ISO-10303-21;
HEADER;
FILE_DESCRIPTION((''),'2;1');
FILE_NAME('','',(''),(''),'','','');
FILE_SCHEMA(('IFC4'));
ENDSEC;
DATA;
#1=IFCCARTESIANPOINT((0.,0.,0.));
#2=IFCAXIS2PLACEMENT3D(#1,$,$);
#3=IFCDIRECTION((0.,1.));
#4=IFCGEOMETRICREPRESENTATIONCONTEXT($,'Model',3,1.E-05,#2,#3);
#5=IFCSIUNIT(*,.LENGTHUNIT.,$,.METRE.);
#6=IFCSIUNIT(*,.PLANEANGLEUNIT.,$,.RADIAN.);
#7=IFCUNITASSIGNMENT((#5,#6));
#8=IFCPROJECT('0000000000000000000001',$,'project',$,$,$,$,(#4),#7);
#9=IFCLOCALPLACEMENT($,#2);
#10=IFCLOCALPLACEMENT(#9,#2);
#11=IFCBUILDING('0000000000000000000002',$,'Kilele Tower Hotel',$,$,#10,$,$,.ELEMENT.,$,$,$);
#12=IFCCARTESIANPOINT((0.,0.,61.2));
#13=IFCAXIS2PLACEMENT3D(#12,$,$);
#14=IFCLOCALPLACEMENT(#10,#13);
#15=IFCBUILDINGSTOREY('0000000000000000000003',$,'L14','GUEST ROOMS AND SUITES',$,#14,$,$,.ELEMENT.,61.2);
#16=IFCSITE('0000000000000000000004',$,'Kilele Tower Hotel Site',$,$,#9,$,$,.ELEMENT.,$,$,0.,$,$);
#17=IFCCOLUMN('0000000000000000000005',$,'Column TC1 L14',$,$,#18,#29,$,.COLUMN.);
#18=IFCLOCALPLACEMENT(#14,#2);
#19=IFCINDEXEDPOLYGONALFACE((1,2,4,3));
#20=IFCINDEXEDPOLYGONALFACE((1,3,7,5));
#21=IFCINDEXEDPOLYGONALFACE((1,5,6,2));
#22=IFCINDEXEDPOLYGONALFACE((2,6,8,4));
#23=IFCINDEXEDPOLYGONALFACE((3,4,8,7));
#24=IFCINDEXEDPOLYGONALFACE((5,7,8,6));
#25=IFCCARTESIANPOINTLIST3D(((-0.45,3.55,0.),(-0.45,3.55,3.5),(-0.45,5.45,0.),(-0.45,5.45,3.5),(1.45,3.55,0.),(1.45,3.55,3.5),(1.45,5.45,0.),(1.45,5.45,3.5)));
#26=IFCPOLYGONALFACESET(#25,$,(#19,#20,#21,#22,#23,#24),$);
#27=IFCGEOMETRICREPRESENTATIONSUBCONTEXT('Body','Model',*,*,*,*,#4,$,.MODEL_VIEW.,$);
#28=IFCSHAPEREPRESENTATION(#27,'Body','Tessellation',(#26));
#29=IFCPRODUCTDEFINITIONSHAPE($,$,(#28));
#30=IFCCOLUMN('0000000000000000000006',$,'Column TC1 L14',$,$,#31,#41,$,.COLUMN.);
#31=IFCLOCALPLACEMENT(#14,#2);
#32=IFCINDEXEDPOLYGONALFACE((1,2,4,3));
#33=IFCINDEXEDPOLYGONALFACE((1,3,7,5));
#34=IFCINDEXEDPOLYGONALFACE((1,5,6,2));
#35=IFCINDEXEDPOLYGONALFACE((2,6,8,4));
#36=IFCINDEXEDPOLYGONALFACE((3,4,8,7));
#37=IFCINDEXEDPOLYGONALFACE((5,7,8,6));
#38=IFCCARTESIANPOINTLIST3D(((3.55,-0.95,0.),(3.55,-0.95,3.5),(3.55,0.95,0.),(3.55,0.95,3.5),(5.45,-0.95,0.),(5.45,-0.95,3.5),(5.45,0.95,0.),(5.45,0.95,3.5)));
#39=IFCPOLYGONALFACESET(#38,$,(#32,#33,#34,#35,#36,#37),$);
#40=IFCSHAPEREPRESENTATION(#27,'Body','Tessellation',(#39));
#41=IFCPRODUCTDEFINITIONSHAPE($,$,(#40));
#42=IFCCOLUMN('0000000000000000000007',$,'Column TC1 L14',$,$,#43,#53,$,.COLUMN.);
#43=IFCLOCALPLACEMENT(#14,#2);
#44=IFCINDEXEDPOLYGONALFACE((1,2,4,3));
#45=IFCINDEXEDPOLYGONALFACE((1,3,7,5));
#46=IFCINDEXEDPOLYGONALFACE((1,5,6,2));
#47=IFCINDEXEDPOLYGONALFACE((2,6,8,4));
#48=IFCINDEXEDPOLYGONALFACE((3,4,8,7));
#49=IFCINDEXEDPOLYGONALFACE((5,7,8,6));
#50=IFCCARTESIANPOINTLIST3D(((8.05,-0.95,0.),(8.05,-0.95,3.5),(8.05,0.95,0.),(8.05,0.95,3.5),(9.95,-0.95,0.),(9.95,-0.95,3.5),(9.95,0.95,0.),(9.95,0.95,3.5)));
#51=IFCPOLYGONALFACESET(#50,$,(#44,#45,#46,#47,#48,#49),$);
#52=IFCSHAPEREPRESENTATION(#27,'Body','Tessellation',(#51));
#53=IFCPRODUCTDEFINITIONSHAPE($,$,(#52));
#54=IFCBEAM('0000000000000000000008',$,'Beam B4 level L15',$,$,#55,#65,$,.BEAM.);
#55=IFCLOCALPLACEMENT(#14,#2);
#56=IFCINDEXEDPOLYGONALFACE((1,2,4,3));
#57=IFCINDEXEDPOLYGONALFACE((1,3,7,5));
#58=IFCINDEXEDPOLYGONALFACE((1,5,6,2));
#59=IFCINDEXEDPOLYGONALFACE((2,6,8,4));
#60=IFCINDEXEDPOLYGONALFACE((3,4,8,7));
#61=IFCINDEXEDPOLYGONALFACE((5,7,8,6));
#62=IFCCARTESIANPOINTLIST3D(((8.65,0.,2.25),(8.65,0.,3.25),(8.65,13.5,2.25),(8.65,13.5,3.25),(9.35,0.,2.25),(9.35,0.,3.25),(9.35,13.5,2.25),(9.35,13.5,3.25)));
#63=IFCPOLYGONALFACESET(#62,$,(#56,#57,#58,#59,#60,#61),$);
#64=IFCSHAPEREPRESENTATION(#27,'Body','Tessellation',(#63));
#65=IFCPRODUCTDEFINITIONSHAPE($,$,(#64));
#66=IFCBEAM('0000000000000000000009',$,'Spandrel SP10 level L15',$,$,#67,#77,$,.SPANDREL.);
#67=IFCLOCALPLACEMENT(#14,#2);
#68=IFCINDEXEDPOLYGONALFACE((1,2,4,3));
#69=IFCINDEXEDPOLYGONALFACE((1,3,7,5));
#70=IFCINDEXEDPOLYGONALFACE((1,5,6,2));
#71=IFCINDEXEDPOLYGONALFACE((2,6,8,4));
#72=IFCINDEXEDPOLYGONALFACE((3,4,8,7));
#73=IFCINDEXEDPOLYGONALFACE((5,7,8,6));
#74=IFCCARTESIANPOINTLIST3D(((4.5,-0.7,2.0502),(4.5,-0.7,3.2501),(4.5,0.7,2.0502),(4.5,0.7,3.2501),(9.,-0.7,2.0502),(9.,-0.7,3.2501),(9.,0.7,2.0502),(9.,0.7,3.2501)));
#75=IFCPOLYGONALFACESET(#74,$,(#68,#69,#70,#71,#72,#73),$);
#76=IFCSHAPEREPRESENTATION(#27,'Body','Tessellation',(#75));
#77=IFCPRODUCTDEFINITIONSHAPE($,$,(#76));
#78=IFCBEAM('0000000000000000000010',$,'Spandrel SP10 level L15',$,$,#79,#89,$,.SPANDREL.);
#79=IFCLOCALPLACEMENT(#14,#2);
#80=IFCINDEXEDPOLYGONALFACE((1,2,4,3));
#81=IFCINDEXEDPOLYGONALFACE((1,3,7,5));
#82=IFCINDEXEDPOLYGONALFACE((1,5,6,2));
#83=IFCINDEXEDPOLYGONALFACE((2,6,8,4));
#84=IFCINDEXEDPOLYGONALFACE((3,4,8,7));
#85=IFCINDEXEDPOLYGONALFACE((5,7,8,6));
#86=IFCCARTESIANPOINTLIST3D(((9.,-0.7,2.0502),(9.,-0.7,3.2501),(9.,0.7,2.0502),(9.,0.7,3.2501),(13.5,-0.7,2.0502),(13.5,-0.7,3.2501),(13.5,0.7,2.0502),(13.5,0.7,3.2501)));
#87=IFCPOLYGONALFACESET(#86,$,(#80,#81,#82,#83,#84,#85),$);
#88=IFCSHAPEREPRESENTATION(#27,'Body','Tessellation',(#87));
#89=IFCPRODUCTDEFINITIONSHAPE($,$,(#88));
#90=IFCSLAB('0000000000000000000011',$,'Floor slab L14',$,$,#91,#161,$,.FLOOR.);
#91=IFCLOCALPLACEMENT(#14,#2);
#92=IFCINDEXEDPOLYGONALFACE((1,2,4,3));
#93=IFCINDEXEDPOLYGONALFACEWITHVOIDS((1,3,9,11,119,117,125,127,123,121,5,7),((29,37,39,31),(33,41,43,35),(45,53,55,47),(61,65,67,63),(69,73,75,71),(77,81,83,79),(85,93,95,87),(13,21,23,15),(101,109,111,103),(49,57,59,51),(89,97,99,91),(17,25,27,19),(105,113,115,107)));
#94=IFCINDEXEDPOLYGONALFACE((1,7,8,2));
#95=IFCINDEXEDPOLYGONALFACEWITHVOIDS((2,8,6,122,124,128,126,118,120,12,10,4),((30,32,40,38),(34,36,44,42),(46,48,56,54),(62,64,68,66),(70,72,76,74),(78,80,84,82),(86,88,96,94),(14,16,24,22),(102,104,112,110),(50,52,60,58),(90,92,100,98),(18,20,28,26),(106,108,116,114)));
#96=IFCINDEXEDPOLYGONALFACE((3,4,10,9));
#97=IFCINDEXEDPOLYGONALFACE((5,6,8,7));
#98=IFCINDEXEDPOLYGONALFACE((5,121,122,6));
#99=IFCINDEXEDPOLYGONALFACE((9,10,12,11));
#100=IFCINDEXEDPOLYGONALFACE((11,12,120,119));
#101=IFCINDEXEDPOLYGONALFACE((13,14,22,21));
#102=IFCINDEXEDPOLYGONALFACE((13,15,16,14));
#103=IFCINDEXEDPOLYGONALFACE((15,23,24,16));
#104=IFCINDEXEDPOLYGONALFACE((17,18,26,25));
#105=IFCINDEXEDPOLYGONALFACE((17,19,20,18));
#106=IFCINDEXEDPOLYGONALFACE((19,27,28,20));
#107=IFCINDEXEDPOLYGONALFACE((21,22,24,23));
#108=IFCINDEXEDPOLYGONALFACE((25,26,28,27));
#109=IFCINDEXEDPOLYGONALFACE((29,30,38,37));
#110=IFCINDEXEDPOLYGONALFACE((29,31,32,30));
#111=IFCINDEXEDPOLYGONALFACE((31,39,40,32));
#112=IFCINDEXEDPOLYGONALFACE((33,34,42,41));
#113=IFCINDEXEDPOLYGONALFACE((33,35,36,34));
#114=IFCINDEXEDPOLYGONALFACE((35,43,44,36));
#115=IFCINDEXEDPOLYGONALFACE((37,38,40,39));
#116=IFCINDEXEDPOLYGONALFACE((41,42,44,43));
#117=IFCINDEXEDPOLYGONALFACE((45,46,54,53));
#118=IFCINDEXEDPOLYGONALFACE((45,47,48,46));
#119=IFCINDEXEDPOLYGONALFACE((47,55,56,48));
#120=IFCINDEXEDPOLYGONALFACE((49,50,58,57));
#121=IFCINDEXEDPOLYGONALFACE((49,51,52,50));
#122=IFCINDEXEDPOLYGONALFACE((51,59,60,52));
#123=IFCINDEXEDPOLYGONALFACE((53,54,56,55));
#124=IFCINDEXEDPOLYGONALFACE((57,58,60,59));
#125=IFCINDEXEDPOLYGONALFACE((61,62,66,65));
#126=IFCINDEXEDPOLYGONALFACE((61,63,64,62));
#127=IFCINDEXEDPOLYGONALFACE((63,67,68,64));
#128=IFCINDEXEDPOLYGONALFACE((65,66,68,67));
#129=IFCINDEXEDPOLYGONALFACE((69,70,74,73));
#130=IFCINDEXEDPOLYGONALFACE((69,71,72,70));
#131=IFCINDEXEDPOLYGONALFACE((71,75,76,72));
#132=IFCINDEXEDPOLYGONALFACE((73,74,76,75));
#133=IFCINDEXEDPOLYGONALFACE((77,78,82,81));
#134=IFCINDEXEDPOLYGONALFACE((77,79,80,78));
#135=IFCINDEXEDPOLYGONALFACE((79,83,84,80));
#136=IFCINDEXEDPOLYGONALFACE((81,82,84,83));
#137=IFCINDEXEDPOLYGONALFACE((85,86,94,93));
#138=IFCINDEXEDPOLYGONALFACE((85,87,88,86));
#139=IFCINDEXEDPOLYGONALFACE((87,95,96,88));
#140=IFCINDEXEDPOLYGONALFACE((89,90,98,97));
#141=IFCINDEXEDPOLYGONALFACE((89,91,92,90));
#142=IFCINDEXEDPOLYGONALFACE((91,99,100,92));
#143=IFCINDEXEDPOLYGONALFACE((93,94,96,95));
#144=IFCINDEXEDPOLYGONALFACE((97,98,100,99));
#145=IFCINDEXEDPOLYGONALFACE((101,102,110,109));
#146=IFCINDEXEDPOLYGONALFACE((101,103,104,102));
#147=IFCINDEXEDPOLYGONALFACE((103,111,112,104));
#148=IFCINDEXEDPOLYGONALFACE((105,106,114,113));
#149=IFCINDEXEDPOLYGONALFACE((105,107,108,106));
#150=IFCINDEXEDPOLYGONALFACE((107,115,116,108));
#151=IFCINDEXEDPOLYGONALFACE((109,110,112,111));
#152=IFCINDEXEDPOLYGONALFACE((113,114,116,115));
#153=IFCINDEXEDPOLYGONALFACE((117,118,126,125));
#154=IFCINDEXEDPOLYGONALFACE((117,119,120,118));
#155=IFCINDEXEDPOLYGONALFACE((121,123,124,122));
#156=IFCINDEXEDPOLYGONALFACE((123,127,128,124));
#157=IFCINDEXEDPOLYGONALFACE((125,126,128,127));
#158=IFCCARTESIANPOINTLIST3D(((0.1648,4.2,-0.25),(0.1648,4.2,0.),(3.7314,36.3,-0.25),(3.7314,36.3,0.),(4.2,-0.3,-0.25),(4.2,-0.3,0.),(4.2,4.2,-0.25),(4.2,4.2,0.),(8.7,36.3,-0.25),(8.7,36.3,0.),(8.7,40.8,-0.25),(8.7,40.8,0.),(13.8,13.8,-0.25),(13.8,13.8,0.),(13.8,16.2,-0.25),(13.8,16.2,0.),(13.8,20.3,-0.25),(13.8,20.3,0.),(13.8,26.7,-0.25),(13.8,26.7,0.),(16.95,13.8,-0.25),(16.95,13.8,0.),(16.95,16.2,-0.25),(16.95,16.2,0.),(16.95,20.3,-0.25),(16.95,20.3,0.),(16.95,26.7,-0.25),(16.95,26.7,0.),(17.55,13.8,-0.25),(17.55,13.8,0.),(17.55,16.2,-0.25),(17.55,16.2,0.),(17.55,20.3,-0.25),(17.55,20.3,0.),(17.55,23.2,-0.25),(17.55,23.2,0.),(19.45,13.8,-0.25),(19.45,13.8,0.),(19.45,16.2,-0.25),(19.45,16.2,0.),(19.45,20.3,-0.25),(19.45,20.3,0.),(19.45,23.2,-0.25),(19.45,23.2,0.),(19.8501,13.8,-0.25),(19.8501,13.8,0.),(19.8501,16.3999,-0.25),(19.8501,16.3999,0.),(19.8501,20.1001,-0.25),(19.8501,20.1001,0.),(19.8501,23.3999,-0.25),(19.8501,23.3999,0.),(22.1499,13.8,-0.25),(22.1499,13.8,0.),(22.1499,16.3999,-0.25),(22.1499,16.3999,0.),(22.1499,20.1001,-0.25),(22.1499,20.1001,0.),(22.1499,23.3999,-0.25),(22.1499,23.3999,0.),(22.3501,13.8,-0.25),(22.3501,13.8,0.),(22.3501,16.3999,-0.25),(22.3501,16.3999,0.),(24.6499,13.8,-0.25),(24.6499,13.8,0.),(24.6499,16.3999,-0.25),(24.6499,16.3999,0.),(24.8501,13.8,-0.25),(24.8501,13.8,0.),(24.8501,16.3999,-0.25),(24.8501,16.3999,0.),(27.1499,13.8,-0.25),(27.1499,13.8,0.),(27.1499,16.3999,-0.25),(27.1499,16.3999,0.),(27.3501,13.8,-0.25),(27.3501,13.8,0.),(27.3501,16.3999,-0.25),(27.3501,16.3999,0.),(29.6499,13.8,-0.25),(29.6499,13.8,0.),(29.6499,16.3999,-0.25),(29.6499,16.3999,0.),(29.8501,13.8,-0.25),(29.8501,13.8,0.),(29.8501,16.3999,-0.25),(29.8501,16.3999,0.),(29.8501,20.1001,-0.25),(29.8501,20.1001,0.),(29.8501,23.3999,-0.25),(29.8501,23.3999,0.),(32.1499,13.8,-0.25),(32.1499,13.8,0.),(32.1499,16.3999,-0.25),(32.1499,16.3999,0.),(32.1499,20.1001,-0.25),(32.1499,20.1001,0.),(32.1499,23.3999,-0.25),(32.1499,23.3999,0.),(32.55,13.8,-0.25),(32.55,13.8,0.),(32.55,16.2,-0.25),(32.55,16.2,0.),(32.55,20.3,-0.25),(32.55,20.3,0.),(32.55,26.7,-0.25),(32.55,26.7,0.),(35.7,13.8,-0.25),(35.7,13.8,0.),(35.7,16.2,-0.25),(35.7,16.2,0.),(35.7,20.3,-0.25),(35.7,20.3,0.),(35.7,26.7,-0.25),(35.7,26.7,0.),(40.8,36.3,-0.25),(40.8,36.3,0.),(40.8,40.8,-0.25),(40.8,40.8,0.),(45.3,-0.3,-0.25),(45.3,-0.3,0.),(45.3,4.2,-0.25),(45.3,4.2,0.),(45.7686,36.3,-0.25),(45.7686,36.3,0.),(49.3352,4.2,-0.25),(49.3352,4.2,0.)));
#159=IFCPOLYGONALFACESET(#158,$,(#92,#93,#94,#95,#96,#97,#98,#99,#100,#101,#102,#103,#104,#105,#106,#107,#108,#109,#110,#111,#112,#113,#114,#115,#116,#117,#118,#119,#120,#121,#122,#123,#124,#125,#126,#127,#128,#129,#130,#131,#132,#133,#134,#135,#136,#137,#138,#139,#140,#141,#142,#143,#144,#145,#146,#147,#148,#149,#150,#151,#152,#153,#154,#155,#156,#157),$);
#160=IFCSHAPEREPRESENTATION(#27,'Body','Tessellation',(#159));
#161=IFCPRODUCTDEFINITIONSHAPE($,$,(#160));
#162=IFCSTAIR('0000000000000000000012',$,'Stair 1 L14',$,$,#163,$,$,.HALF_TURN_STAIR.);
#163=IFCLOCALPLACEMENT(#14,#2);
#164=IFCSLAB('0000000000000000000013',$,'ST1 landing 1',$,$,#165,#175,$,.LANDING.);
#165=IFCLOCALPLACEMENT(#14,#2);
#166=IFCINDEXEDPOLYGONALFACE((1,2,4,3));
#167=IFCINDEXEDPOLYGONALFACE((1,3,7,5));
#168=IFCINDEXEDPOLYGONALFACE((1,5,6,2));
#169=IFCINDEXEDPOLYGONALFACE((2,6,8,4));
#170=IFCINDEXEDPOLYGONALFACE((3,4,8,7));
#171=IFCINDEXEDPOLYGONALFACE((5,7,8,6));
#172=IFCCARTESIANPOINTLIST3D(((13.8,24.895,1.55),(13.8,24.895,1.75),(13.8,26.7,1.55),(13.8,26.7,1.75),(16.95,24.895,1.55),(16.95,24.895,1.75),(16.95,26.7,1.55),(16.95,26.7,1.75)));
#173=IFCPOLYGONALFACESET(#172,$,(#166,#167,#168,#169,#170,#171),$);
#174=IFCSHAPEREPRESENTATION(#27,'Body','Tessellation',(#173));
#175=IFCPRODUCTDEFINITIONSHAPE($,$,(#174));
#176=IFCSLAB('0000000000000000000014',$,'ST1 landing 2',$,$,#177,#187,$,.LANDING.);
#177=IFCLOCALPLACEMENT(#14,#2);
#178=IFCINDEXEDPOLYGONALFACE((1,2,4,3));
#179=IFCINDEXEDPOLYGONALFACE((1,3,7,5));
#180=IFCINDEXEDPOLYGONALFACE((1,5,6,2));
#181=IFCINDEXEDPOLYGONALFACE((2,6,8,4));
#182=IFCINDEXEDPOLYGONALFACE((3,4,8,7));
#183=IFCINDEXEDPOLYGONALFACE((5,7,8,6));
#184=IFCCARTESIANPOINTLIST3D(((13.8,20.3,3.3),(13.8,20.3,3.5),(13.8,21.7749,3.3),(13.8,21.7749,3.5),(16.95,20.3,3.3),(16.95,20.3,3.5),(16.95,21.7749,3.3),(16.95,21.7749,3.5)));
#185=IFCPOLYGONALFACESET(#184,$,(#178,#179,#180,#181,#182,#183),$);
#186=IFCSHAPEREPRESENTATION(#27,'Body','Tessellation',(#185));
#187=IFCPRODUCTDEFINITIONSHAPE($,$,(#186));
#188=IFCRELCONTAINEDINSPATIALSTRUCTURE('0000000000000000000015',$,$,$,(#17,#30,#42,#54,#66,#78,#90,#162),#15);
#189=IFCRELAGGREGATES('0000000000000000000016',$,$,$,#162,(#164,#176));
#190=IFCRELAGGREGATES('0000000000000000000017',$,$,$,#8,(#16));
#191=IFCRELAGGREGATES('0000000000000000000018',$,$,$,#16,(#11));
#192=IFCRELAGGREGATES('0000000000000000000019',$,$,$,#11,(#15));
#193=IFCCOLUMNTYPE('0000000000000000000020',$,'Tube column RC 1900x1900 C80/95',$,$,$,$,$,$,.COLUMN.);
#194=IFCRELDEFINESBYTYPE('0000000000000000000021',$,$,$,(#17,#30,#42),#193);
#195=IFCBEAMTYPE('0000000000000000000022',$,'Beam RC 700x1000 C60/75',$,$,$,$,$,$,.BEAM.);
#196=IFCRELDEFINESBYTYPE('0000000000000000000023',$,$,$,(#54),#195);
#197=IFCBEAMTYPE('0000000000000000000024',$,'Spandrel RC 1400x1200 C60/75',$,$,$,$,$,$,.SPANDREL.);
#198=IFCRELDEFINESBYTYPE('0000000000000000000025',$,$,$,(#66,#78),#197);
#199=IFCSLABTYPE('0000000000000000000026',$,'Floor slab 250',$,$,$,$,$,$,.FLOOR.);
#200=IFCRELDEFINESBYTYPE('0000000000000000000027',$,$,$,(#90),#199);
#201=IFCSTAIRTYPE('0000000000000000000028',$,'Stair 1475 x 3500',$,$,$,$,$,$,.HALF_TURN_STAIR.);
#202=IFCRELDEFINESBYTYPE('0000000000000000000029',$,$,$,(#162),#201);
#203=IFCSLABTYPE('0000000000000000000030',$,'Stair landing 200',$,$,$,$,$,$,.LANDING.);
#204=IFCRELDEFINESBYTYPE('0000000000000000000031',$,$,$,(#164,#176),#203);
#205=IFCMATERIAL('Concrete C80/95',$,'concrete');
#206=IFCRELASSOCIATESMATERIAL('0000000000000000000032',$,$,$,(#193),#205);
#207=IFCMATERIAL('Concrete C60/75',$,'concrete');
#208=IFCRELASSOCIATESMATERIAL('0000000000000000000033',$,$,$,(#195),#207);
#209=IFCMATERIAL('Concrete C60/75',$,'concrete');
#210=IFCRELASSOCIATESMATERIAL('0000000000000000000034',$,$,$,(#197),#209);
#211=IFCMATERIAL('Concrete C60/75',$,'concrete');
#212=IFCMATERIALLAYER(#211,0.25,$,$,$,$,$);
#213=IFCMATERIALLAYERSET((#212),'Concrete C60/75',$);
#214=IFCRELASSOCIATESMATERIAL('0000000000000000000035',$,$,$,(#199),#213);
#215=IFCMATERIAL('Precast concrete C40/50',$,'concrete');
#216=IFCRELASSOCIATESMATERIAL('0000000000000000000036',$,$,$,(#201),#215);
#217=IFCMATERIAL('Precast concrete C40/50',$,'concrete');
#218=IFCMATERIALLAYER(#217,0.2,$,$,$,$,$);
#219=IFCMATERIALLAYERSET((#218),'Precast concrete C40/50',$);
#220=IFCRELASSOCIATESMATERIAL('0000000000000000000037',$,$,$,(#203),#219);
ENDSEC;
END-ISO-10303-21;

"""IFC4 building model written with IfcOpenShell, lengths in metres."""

from ifc_helpers import new_model, si_unit, direction, frame, origin, origin_2d, place, context, subcontext, project, spatial, polyline, rectangle, outline, extrude, material, layer, layer_set, material_profile, profile_set, type_object, element, aggregate, save


model = new_model("IFC4")

# Units and contexts
model_context = context("Model", 3, precision=1e-05, world=origin(), true_north=direction((0.0, 1.0)))
body_context = subcontext(model_context, "Body", "Model", "MODEL_VIEW")
ifc_project = project(units=[si_unit("LENGTHUNIT", "METRE"), si_unit("PLANEANGLEUNIT", "RADIAN")], contexts=[model_context])

# Site, building, storey
site_placement = place(None, origin())
site = spatial("IfcSite", under=ifc_project, at=site_placement, Name="Kilele Tower Hotel Site", CompositionType="ELEMENT", RefElevation=0.0)
building_placement = place(site_placement, origin())
building = spatial("IfcBuilding", under=site, at=building_placement, Name="Kilele Tower Hotel", CompositionType="ELEMENT")
storey_placement = place(building_placement, frame((0.0, 0.0, 61.2)))
storey = spatial("IfcBuildingStorey", under=building, at=storey_placement, Name="L14", Description="GUEST ROOMS AND SUITES", CompositionType="ELEMENT", Elevation=61.2)

# Columns
ifc_material_1 = material(Name="Concrete C80/95", Category="concrete")
ifc_material_profile_1 = material_profile(ifc_material_1, rectangle(XDim=1.8999, YDim=1.8999, at=origin_2d()))
ifc_profile_set_1 = profile_set([ifc_material_profile_1], Name="Concrete C80/95")
column_type = type_object("IfcColumnType", Name="Tube column RC 1900x1900 C80/95", PredefinedType="COLUMN", material=ifc_profile_set_1)
for number, where, z_axis, x_axis, name in (
    (1, (0.5, 4.5, 0.0), (0.0, 0.0, 1.0), (1.0, 0.0, 0.0), "Column TC1 L14"),
    (2, (4.5, 0.0, 0.0), (0.0, 0.0, 1.0), (1.0, 0.0, 0.0), "Column TC1 L14"),
    (3, (9.0, 0.0, 0.0), (0.0, 0.0, 1.0), (1.0, 0.0, 0.0), "Column TC1 L14"),
):
    element("IfcColumn", number, at=place(storey_placement, frame(where, z_axis=z_axis, x_axis=x_axis)), inside=storey, type_object=column_type, Name=name, PredefinedType="COLUMN", context=body_context, shape_type="SweptSolid", body=[
        extrude(rectangle(XDim=1.8999, YDim=1.8999, at=origin_2d()), origin(), (0.0, 0.0, 1.0), 3.5),
    ])

# Beams
ifc_material_2 = material(Name="Concrete C60/75", Category="concrete")
ifc_material_profile_2 = material_profile(ifc_material_2, rectangle(XDim=0.7, YDim=1.0, at=origin_2d()))
ifc_profile_set_2 = profile_set([ifc_material_profile_2], Name="Concrete C60/75")
beam_type_1 = type_object("IfcBeamType", Name="Beam RC 700x1000 C60/75", PredefinedType="BEAM", material=ifc_profile_set_2)
beam_placement = place(storey_placement, frame((9.0, 0.0, 2.75), z_axis=(0.0, 1.0, 0.0), x_axis=(-1.0, 0.0, 0.0)))
element("IfcBeam", 4, at=beam_placement, inside=storey, type_object=beam_type_1, Name="Beam B4 level L15", PredefinedType="BEAM", context=body_context, shape_type="SweptSolid", body=[
    extrude(rectangle(XDim=0.7, YDim=1.0, at=origin_2d()), origin(), (0.0, 0.0, 1.0), 13.5),
])
ifc_material_3 = material(Name="Concrete C60/75", Category="concrete")
ifc_material_profile_3 = material_profile(ifc_material_3, rectangle(XDim=1.3999, YDim=1.2, at=origin_2d()))
ifc_profile_set_3 = profile_set([ifc_material_profile_3], Name="Concrete C60/75")
beam_type_2 = type_object("IfcBeamType", Name="Spandrel RC 1400x1200 C60/75", PredefinedType="SPANDREL", material=ifc_profile_set_3)
for number, where, z_axis, x_axis, name in (
    (5, (4.5, 0.0, 2.6501), (1.0, 0.0, 0.0), (0.0, 1.0, 0.0), "Spandrel SP10 level L15"),
    (6, (9.0, 0.0, 2.6501), (1.0, 0.0, 0.0), (0.0, 1.0, 0.0), "Spandrel SP10 level L15"),
):
    element("IfcBeam", number, at=place(storey_placement, frame(where, z_axis=z_axis, x_axis=x_axis)), inside=storey, type_object=beam_type_2, Name=name, PredefinedType="SPANDREL", context=body_context, shape_type="SweptSolid", body=[
        extrude(rectangle(XDim=1.3999, YDim=1.2, at=origin_2d()), origin(), (0.0, 0.0, 1.0), 4.5),
    ])

# Slab
ifc_material_4 = material(Name="Concrete C60/75", Category="concrete")
ifc_layer_1 = layer(ifc_material_4, 0.25)
ifc_layer_set_1 = layer_set([ifc_layer_1], Name="Concrete C60/75")
slab_type_1 = type_object("IfcSlabType", Name="Floor slab 250", PredefinedType="FLOOR", material=ifc_layer_set_1)
slab_1_placement = place(storey_placement, frame((0.0, 0.0, -0.25)))
element("IfcSlab", 7, at=slab_1_placement, inside=storey, type_object=slab_type_1, Name="Floor slab L14", PredefinedType="FLOOR", context=body_context, shape_type="SweptSolid", body=[
    extrude(outline(polyline([(8.7, 36.3), (8.7, 40.8), (40.8, 40.8), (40.8, 36.3), (45.7686, 36.3), (49.3352, 4.2), (45.3, 4.2), (45.3, -0.3), (4.2, -0.3), (4.2, 4.2), (0.1648, 4.2), (3.7314, 36.3), (8.7, 36.3)]), holes=[polyline([(16.95, 16.2), (13.8, 16.2), (13.8, 13.8), (16.95, 13.8), (16.95, 16.2)]), polyline([(19.45, 13.8), (19.45, 16.2), (17.55, 16.2), (17.55, 13.8), (19.45, 13.8)]), polyline([(22.1499, 13.8), (22.1499, 16.3999), (19.8501, 16.3999), (19.8501, 13.8), (22.1499, 13.8)]), polyline([(24.6499, 16.3999), (22.3501, 16.3999), (22.3501, 13.8), (24.6499, 13.8), (24.6499, 16.3999)]), polyline([(19.45, 20.3), (19.45, 23.2), (17.55, 23.2), (17.55, 20.3), (19.45, 20.3)]), polyline([(22.1499, 20.1001), (22.1499, 23.3999), (19.8501, 23.3999), (19.8501, 20.1001), (22.1499, 20.1001)]), polyline([(16.95, 26.7), (13.8, 26.7), (13.8, 20.3), (16.95, 20.3), (16.95, 26.7)]), polyline([(35.7, 13.8), (35.7, 16.2), (32.55, 16.2), (32.55, 13.8), (35.7, 13.8)]), polyline([(27.1499, 13.8), (27.1499, 16.3999), (24.8501, 16.3999), (24.8501, 13.8), (27.1499, 13.8)]), polyline([(29.6499, 13.8), (29.6499, 16.3999), (27.3501, 16.3999), (27.3501, 13.8), (29.6499, 13.8)]), polyline([(32.1499, 13.8), (32.1499, 16.3999), (29.8501, 16.3999), (29.8501, 13.8), (32.1499, 13.8)]), polyline([(32.1499, 20.1001), (32.1499, 23.3999), (29.8501, 23.3999), (29.8501, 20.1001), (32.1499, 20.1001)]), polyline([(35.7, 20.3), (35.7, 26.7), (32.55, 26.7), (32.55, 20.3), (35.7, 20.3)])]), origin(), (0.0, 0.0, 1.0), 0.25),
])

# Stair, slabs
ifc_material_5 = material(Name="Precast concrete C40/50", Category="concrete")
stair_type = type_object("IfcStairType", Name="Stair 1475 x 3500", PredefinedType="HALF_TURN_STAIR", material=ifc_material_5)
stair_1_placement = place(storey_placement, origin())
stair_1 = element("IfcStair", 8, at=stair_1_placement, inside=storey, type_object=stair_type, Name="Stair 1 L14", PredefinedType="HALF_TURN_STAIR")
ifc_material_6 = material(Name="Precast concrete C40/50", Category="concrete")
ifc_layer_2 = layer(ifc_material_6, 0.2)
ifc_layer_set_2 = layer_set([ifc_layer_2], Name="Precast concrete C40/50")
slab_type_2 = type_object("IfcSlabType", Name="Stair landing 200", PredefinedType="LANDING", material=ifc_layer_set_2)
slab_2_placement = place(storey_placement, frame((0.0, 0.0, 1.55)))
slab_2 = element("IfcSlab", 9, at=slab_2_placement, type_object=slab_type_2, Name="ST1 landing 1", PredefinedType="LANDING", context=body_context, shape_type="SweptSolid", body=[
    extrude(outline(polyline([(13.8, 24.895), (16.95, 24.895), (16.95, 26.7), (13.8, 26.7), (13.8, 24.895)])), origin(), (0.0, 0.0, 1.0), 0.2),
])
slab_3_placement = place(storey_placement, frame((0.0, 0.0, 3.3)))
slab_3 = element("IfcSlab", 10, at=slab_3_placement, type_object=slab_type_2, Name="ST1 landing 2", PredefinedType="LANDING", context=body_context, shape_type="SweptSolid", body=[
    extrude(outline(polyline([(13.8, 20.3), (16.95, 20.3), (16.95, 21.7749), (13.8, 21.7749), (13.8, 20.3)])), origin(), (0.0, 0.0, 1.0), 0.2),
])
aggregate(stair_1, [slab_2, slab_3])

save(model, "model.ifc")
